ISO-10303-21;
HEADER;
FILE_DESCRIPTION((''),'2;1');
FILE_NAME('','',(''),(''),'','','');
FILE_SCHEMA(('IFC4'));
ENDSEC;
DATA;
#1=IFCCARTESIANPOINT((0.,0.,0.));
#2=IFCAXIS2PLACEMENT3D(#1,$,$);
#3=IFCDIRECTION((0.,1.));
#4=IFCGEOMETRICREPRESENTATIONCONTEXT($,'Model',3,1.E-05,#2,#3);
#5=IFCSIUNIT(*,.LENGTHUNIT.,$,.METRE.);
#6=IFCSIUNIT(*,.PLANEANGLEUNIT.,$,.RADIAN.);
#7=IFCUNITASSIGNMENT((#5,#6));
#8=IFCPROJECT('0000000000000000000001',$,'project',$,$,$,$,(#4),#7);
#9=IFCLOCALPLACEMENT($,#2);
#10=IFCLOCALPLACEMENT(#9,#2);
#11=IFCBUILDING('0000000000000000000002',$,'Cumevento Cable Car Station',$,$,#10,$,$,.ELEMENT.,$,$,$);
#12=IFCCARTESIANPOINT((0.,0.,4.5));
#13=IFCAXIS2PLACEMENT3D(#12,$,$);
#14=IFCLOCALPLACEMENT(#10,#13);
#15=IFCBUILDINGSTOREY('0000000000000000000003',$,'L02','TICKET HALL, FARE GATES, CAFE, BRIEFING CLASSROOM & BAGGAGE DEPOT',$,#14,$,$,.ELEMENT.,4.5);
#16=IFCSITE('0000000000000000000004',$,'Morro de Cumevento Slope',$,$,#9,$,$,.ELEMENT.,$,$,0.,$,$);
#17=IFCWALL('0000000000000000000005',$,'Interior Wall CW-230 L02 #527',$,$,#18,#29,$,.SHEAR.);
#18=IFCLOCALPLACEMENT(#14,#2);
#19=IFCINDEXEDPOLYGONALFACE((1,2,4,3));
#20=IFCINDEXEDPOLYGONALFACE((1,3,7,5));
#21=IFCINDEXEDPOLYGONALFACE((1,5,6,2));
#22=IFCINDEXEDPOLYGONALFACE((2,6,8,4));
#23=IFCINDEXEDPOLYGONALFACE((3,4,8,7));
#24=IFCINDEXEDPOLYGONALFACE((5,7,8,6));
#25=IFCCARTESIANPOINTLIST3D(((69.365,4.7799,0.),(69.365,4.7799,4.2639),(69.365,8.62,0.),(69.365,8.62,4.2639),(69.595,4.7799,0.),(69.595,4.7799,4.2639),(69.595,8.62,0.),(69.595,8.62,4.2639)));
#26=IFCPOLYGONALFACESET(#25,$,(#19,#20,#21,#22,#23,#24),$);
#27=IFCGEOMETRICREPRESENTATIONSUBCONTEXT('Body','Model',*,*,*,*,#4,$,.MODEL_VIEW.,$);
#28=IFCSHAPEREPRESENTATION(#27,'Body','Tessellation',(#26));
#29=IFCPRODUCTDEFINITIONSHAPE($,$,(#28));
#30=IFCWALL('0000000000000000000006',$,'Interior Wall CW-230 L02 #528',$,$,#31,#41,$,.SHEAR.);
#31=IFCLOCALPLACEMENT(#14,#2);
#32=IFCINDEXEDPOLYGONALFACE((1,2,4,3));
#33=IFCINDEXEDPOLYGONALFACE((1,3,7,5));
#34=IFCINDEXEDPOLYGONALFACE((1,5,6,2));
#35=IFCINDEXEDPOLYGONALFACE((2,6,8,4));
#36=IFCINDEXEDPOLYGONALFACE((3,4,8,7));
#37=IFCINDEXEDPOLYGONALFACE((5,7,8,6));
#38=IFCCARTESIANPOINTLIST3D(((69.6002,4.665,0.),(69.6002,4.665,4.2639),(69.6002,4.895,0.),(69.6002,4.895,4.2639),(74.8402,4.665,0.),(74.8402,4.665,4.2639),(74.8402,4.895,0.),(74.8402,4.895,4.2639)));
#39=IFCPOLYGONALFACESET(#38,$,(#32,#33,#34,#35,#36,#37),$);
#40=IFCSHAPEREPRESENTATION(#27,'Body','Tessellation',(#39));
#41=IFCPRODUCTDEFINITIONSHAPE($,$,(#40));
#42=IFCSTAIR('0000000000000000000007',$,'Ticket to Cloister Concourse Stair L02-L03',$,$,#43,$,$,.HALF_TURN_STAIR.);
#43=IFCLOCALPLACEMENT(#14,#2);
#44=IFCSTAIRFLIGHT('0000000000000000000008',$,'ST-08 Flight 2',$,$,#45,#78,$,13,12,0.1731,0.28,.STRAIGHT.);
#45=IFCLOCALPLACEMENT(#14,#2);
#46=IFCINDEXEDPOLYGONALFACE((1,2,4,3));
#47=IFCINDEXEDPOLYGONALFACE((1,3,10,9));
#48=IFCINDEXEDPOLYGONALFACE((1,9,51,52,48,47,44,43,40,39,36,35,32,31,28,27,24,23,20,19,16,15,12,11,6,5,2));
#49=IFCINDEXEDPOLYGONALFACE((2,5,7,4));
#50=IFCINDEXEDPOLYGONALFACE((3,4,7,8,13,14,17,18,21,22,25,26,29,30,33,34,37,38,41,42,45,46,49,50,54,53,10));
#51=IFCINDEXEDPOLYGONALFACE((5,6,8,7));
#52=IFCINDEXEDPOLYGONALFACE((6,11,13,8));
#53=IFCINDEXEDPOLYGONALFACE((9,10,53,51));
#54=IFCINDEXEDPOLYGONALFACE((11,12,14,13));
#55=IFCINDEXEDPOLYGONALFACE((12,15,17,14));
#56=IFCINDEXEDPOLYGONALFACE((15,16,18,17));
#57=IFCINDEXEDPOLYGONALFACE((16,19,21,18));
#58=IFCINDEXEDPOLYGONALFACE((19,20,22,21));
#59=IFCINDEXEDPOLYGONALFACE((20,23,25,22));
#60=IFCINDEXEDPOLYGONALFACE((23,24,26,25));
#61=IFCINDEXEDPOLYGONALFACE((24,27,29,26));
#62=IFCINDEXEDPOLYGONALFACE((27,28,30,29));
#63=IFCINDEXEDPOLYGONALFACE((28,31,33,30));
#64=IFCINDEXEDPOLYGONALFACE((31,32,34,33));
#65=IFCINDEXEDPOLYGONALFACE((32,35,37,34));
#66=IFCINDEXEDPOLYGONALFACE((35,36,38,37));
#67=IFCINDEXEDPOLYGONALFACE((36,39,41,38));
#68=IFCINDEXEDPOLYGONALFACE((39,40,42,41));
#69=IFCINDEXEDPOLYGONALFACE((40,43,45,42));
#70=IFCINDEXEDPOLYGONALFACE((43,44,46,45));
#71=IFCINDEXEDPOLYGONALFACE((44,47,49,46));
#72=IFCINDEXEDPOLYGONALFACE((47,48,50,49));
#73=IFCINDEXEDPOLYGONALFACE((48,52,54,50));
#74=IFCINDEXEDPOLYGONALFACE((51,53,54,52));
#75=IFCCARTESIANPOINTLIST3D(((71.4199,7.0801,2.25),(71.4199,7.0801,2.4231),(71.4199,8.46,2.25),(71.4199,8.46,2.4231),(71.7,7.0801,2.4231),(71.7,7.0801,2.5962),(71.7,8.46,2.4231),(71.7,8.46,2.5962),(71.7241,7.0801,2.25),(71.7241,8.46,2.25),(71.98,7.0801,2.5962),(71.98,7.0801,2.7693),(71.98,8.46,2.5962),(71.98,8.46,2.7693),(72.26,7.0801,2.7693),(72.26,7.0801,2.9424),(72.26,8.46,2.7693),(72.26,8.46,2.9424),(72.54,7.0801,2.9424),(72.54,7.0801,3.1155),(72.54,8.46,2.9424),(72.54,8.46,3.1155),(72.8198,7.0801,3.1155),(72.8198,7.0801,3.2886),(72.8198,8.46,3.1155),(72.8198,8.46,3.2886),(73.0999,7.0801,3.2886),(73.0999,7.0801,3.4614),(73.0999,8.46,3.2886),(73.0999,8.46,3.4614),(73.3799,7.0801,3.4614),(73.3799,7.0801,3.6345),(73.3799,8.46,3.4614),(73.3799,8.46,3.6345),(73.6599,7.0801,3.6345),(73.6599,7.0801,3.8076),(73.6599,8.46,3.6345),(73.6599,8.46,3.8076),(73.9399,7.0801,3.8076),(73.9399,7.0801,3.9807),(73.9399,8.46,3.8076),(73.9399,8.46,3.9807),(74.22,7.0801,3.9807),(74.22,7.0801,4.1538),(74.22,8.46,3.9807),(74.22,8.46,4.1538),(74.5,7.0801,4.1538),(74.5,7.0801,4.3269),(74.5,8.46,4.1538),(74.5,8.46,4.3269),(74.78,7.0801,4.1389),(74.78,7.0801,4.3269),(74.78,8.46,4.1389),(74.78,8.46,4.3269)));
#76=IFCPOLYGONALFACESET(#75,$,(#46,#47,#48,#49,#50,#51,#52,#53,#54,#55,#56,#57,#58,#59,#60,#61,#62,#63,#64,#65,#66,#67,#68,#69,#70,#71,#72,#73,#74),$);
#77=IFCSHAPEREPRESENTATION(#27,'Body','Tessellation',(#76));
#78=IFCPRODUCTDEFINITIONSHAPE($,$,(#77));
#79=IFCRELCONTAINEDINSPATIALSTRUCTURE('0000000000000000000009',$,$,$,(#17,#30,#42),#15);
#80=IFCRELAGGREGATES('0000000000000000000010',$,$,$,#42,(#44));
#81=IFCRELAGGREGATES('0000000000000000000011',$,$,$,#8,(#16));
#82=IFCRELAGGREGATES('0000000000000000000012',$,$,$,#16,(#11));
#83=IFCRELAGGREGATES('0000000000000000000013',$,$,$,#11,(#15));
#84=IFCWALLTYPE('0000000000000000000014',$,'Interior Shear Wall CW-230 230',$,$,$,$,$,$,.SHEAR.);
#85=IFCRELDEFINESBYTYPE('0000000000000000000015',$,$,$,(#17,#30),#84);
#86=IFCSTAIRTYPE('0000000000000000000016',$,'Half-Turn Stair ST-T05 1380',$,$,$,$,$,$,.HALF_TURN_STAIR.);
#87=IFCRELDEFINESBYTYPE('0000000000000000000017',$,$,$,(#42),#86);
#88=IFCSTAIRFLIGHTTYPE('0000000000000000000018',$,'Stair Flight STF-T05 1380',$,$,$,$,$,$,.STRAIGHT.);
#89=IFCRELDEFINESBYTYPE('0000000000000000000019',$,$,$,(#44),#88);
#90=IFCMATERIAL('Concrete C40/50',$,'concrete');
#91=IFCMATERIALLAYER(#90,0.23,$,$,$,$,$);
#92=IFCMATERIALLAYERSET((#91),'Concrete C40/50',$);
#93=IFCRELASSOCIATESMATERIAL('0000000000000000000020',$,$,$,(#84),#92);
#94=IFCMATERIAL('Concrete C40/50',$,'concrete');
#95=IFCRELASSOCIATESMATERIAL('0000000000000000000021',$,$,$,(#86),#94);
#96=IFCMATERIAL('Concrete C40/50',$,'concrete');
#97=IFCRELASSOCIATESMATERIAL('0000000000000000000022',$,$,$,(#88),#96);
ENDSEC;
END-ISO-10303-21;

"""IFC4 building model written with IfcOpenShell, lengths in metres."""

from ifc_helpers import new_model, si_unit, direction, frame, frame_2d, origin, place, context, subcontext, project, spatial, polyline, rectangle, outline, extrude, material, layer, layer_set, type_object, element, aggregate, save


model = new_model("IFC4")

# Units and contexts
model_context = context("Model", 3, precision=1e-05, world=origin(), true_north=direction((0.0, 1.0)))
body_context = subcontext(model_context, "Body", "Model", "MODEL_VIEW")
ifc_project = project(units=[si_unit("LENGTHUNIT", "METRE"), si_unit("PLANEANGLEUNIT", "RADIAN")], contexts=[model_context])

# Site, building, storey
site_placement = place(None, origin())
site = spatial("IfcSite", under=ifc_project, at=site_placement, Name="Morro de Cumevento Slope", CompositionType="ELEMENT", RefElevation=0.0)
building_placement = place(site_placement, origin())
building = spatial("IfcBuilding", under=site, at=building_placement, Name="Cumevento Cable Car Station", CompositionType="ELEMENT")
storey_placement = place(building_placement, frame((0.0, 0.0, 4.5)))
storey = spatial("IfcBuildingStorey", under=building, at=storey_placement, Name="L02", Description="TICKET HALL, FARE GATES, CAFE, BRIEFING CLASSROOM & BAGGAGE DEPOT", CompositionType="ELEMENT", Elevation=4.5)

# Walls
ifc_material_1 = material(Name="Concrete C40/50", Category="concrete")
ifc_layer_1 = layer(ifc_material_1, 0.23)
ifc_layer_set_1 = layer_set([ifc_layer_1], Name="Concrete C40/50")
wall_type_1 = type_object("IfcWallType", Name="Interior Shear Wall CW-230 230", PredefinedType="SHEAR", material=ifc_layer_set_1)
wall_1_placement = place(storey_placement, frame((69.48, 4.78, 0.0), z_axis=(0.0, 0.0, 1.0), x_axis=(0.0, 1.0, 0.0)))
element("IfcWall", 1, at=wall_1_placement, inside=storey, type_object=wall_type_1, Name="Interior Wall CW-230 L02 #527", PredefinedType="SHEAR", context=body_context, shape_type="SweptSolid", body=[
    extrude(rectangle(XDim=3.8401, YDim=0.23, at=frame_2d((1.9199, 0.0))), origin(), (0.0, 0.0, 1.0), 4.2639),
])
wall_2_placement = place(storey_placement, frame((69.6001, 4.78, 0.0), z_axis=(0.0, 0.0, 1.0), x_axis=(1.0, 0.0, 0.0)))
element("IfcWall", 2, at=wall_2_placement, inside=storey, type_object=wall_type_1, Name="Interior Wall CW-230 L02 #528", PredefinedType="SHEAR", context=body_context, shape_type="SweptSolid", body=[
    extrude(rectangle(XDim=5.24, YDim=0.23, at=frame_2d((2.6201, 0.0))), origin(), (0.0, 0.0, 1.0), 4.2639),
])

# Stair, stair flight
ifc_material_2 = material(Name="Concrete C40/50", Category="concrete")
stair_type = type_object("IfcStairType", Name="Half-Turn Stair ST-T05 1380", PredefinedType="HALF_TURN_STAIR", material=ifc_material_2)
stair_placement = place(storey_placement, origin())
stair = element("IfcStair", 3, at=stair_placement, inside=storey, type_object=stair_type, Name="Ticket to Cloister Concourse Stair L02-L03", PredefinedType="HALF_TURN_STAIR")
ifc_material_3 = material(Name="Concrete C40/50", Category="concrete")
stair_flight_type = type_object("IfcStairFlightType", Name="Stair Flight STF-T05 1380", PredefinedType="STRAIGHT", material=ifc_material_3)
stair_flight_placement = place(storey_placement, frame((71.4199, 7.77, 2.25), z_axis=(0.0, 0.0, 1.0), x_axis=(1.0, 0.0, 0.0)))
stair_flight = element("IfcStairFlight", 4, at=stair_flight_placement, type_object=stair_flight_type, Name="ST-08 Flight 2", NumberOfRisers=13, NumberOfTreads=12, PredefinedType="STRAIGHT", RiserHeight=0.1731, TreadLength=0.28, context=body_context, shape_type="SweptSolid", body=[
    extrude(outline(polyline([(0.0, 0.0), (0.0, 0.1731), (0.28, 0.1731), (0.28, 0.3462), (0.5601, 0.3462), (0.5601, 0.5193), (0.8401, 0.5193), (0.8401, 0.6924), (1.1201, 0.6924), (1.1201, 0.8655), (1.3999, 0.8655), (1.3999, 1.0386), (1.6799, 1.0386), (1.6799, 1.2114), (1.96, 1.2114), (1.96, 1.3845), (2.24, 1.3845), (2.24, 1.5576), (2.52, 1.5576), (2.52, 1.7307), (2.8, 1.7307), (2.8, 1.9038), (3.0801, 1.9038), (3.0801, 2.0769), (3.3601, 2.0769), (3.3601, 2.25), (3.3601, 1.8889), (0.3042, 0.0), (0.0, 0.0)])), frame((0.0, 0.6899, 0.0), z_axis=(0.0, -1.0, 0.0), x_axis=(1.0, 0.0, 0.0)), (0.0, 0.0, 1.0), 1.3799),
])
aggregate(stair, [stair_flight])

save(model, "model.ifc")
